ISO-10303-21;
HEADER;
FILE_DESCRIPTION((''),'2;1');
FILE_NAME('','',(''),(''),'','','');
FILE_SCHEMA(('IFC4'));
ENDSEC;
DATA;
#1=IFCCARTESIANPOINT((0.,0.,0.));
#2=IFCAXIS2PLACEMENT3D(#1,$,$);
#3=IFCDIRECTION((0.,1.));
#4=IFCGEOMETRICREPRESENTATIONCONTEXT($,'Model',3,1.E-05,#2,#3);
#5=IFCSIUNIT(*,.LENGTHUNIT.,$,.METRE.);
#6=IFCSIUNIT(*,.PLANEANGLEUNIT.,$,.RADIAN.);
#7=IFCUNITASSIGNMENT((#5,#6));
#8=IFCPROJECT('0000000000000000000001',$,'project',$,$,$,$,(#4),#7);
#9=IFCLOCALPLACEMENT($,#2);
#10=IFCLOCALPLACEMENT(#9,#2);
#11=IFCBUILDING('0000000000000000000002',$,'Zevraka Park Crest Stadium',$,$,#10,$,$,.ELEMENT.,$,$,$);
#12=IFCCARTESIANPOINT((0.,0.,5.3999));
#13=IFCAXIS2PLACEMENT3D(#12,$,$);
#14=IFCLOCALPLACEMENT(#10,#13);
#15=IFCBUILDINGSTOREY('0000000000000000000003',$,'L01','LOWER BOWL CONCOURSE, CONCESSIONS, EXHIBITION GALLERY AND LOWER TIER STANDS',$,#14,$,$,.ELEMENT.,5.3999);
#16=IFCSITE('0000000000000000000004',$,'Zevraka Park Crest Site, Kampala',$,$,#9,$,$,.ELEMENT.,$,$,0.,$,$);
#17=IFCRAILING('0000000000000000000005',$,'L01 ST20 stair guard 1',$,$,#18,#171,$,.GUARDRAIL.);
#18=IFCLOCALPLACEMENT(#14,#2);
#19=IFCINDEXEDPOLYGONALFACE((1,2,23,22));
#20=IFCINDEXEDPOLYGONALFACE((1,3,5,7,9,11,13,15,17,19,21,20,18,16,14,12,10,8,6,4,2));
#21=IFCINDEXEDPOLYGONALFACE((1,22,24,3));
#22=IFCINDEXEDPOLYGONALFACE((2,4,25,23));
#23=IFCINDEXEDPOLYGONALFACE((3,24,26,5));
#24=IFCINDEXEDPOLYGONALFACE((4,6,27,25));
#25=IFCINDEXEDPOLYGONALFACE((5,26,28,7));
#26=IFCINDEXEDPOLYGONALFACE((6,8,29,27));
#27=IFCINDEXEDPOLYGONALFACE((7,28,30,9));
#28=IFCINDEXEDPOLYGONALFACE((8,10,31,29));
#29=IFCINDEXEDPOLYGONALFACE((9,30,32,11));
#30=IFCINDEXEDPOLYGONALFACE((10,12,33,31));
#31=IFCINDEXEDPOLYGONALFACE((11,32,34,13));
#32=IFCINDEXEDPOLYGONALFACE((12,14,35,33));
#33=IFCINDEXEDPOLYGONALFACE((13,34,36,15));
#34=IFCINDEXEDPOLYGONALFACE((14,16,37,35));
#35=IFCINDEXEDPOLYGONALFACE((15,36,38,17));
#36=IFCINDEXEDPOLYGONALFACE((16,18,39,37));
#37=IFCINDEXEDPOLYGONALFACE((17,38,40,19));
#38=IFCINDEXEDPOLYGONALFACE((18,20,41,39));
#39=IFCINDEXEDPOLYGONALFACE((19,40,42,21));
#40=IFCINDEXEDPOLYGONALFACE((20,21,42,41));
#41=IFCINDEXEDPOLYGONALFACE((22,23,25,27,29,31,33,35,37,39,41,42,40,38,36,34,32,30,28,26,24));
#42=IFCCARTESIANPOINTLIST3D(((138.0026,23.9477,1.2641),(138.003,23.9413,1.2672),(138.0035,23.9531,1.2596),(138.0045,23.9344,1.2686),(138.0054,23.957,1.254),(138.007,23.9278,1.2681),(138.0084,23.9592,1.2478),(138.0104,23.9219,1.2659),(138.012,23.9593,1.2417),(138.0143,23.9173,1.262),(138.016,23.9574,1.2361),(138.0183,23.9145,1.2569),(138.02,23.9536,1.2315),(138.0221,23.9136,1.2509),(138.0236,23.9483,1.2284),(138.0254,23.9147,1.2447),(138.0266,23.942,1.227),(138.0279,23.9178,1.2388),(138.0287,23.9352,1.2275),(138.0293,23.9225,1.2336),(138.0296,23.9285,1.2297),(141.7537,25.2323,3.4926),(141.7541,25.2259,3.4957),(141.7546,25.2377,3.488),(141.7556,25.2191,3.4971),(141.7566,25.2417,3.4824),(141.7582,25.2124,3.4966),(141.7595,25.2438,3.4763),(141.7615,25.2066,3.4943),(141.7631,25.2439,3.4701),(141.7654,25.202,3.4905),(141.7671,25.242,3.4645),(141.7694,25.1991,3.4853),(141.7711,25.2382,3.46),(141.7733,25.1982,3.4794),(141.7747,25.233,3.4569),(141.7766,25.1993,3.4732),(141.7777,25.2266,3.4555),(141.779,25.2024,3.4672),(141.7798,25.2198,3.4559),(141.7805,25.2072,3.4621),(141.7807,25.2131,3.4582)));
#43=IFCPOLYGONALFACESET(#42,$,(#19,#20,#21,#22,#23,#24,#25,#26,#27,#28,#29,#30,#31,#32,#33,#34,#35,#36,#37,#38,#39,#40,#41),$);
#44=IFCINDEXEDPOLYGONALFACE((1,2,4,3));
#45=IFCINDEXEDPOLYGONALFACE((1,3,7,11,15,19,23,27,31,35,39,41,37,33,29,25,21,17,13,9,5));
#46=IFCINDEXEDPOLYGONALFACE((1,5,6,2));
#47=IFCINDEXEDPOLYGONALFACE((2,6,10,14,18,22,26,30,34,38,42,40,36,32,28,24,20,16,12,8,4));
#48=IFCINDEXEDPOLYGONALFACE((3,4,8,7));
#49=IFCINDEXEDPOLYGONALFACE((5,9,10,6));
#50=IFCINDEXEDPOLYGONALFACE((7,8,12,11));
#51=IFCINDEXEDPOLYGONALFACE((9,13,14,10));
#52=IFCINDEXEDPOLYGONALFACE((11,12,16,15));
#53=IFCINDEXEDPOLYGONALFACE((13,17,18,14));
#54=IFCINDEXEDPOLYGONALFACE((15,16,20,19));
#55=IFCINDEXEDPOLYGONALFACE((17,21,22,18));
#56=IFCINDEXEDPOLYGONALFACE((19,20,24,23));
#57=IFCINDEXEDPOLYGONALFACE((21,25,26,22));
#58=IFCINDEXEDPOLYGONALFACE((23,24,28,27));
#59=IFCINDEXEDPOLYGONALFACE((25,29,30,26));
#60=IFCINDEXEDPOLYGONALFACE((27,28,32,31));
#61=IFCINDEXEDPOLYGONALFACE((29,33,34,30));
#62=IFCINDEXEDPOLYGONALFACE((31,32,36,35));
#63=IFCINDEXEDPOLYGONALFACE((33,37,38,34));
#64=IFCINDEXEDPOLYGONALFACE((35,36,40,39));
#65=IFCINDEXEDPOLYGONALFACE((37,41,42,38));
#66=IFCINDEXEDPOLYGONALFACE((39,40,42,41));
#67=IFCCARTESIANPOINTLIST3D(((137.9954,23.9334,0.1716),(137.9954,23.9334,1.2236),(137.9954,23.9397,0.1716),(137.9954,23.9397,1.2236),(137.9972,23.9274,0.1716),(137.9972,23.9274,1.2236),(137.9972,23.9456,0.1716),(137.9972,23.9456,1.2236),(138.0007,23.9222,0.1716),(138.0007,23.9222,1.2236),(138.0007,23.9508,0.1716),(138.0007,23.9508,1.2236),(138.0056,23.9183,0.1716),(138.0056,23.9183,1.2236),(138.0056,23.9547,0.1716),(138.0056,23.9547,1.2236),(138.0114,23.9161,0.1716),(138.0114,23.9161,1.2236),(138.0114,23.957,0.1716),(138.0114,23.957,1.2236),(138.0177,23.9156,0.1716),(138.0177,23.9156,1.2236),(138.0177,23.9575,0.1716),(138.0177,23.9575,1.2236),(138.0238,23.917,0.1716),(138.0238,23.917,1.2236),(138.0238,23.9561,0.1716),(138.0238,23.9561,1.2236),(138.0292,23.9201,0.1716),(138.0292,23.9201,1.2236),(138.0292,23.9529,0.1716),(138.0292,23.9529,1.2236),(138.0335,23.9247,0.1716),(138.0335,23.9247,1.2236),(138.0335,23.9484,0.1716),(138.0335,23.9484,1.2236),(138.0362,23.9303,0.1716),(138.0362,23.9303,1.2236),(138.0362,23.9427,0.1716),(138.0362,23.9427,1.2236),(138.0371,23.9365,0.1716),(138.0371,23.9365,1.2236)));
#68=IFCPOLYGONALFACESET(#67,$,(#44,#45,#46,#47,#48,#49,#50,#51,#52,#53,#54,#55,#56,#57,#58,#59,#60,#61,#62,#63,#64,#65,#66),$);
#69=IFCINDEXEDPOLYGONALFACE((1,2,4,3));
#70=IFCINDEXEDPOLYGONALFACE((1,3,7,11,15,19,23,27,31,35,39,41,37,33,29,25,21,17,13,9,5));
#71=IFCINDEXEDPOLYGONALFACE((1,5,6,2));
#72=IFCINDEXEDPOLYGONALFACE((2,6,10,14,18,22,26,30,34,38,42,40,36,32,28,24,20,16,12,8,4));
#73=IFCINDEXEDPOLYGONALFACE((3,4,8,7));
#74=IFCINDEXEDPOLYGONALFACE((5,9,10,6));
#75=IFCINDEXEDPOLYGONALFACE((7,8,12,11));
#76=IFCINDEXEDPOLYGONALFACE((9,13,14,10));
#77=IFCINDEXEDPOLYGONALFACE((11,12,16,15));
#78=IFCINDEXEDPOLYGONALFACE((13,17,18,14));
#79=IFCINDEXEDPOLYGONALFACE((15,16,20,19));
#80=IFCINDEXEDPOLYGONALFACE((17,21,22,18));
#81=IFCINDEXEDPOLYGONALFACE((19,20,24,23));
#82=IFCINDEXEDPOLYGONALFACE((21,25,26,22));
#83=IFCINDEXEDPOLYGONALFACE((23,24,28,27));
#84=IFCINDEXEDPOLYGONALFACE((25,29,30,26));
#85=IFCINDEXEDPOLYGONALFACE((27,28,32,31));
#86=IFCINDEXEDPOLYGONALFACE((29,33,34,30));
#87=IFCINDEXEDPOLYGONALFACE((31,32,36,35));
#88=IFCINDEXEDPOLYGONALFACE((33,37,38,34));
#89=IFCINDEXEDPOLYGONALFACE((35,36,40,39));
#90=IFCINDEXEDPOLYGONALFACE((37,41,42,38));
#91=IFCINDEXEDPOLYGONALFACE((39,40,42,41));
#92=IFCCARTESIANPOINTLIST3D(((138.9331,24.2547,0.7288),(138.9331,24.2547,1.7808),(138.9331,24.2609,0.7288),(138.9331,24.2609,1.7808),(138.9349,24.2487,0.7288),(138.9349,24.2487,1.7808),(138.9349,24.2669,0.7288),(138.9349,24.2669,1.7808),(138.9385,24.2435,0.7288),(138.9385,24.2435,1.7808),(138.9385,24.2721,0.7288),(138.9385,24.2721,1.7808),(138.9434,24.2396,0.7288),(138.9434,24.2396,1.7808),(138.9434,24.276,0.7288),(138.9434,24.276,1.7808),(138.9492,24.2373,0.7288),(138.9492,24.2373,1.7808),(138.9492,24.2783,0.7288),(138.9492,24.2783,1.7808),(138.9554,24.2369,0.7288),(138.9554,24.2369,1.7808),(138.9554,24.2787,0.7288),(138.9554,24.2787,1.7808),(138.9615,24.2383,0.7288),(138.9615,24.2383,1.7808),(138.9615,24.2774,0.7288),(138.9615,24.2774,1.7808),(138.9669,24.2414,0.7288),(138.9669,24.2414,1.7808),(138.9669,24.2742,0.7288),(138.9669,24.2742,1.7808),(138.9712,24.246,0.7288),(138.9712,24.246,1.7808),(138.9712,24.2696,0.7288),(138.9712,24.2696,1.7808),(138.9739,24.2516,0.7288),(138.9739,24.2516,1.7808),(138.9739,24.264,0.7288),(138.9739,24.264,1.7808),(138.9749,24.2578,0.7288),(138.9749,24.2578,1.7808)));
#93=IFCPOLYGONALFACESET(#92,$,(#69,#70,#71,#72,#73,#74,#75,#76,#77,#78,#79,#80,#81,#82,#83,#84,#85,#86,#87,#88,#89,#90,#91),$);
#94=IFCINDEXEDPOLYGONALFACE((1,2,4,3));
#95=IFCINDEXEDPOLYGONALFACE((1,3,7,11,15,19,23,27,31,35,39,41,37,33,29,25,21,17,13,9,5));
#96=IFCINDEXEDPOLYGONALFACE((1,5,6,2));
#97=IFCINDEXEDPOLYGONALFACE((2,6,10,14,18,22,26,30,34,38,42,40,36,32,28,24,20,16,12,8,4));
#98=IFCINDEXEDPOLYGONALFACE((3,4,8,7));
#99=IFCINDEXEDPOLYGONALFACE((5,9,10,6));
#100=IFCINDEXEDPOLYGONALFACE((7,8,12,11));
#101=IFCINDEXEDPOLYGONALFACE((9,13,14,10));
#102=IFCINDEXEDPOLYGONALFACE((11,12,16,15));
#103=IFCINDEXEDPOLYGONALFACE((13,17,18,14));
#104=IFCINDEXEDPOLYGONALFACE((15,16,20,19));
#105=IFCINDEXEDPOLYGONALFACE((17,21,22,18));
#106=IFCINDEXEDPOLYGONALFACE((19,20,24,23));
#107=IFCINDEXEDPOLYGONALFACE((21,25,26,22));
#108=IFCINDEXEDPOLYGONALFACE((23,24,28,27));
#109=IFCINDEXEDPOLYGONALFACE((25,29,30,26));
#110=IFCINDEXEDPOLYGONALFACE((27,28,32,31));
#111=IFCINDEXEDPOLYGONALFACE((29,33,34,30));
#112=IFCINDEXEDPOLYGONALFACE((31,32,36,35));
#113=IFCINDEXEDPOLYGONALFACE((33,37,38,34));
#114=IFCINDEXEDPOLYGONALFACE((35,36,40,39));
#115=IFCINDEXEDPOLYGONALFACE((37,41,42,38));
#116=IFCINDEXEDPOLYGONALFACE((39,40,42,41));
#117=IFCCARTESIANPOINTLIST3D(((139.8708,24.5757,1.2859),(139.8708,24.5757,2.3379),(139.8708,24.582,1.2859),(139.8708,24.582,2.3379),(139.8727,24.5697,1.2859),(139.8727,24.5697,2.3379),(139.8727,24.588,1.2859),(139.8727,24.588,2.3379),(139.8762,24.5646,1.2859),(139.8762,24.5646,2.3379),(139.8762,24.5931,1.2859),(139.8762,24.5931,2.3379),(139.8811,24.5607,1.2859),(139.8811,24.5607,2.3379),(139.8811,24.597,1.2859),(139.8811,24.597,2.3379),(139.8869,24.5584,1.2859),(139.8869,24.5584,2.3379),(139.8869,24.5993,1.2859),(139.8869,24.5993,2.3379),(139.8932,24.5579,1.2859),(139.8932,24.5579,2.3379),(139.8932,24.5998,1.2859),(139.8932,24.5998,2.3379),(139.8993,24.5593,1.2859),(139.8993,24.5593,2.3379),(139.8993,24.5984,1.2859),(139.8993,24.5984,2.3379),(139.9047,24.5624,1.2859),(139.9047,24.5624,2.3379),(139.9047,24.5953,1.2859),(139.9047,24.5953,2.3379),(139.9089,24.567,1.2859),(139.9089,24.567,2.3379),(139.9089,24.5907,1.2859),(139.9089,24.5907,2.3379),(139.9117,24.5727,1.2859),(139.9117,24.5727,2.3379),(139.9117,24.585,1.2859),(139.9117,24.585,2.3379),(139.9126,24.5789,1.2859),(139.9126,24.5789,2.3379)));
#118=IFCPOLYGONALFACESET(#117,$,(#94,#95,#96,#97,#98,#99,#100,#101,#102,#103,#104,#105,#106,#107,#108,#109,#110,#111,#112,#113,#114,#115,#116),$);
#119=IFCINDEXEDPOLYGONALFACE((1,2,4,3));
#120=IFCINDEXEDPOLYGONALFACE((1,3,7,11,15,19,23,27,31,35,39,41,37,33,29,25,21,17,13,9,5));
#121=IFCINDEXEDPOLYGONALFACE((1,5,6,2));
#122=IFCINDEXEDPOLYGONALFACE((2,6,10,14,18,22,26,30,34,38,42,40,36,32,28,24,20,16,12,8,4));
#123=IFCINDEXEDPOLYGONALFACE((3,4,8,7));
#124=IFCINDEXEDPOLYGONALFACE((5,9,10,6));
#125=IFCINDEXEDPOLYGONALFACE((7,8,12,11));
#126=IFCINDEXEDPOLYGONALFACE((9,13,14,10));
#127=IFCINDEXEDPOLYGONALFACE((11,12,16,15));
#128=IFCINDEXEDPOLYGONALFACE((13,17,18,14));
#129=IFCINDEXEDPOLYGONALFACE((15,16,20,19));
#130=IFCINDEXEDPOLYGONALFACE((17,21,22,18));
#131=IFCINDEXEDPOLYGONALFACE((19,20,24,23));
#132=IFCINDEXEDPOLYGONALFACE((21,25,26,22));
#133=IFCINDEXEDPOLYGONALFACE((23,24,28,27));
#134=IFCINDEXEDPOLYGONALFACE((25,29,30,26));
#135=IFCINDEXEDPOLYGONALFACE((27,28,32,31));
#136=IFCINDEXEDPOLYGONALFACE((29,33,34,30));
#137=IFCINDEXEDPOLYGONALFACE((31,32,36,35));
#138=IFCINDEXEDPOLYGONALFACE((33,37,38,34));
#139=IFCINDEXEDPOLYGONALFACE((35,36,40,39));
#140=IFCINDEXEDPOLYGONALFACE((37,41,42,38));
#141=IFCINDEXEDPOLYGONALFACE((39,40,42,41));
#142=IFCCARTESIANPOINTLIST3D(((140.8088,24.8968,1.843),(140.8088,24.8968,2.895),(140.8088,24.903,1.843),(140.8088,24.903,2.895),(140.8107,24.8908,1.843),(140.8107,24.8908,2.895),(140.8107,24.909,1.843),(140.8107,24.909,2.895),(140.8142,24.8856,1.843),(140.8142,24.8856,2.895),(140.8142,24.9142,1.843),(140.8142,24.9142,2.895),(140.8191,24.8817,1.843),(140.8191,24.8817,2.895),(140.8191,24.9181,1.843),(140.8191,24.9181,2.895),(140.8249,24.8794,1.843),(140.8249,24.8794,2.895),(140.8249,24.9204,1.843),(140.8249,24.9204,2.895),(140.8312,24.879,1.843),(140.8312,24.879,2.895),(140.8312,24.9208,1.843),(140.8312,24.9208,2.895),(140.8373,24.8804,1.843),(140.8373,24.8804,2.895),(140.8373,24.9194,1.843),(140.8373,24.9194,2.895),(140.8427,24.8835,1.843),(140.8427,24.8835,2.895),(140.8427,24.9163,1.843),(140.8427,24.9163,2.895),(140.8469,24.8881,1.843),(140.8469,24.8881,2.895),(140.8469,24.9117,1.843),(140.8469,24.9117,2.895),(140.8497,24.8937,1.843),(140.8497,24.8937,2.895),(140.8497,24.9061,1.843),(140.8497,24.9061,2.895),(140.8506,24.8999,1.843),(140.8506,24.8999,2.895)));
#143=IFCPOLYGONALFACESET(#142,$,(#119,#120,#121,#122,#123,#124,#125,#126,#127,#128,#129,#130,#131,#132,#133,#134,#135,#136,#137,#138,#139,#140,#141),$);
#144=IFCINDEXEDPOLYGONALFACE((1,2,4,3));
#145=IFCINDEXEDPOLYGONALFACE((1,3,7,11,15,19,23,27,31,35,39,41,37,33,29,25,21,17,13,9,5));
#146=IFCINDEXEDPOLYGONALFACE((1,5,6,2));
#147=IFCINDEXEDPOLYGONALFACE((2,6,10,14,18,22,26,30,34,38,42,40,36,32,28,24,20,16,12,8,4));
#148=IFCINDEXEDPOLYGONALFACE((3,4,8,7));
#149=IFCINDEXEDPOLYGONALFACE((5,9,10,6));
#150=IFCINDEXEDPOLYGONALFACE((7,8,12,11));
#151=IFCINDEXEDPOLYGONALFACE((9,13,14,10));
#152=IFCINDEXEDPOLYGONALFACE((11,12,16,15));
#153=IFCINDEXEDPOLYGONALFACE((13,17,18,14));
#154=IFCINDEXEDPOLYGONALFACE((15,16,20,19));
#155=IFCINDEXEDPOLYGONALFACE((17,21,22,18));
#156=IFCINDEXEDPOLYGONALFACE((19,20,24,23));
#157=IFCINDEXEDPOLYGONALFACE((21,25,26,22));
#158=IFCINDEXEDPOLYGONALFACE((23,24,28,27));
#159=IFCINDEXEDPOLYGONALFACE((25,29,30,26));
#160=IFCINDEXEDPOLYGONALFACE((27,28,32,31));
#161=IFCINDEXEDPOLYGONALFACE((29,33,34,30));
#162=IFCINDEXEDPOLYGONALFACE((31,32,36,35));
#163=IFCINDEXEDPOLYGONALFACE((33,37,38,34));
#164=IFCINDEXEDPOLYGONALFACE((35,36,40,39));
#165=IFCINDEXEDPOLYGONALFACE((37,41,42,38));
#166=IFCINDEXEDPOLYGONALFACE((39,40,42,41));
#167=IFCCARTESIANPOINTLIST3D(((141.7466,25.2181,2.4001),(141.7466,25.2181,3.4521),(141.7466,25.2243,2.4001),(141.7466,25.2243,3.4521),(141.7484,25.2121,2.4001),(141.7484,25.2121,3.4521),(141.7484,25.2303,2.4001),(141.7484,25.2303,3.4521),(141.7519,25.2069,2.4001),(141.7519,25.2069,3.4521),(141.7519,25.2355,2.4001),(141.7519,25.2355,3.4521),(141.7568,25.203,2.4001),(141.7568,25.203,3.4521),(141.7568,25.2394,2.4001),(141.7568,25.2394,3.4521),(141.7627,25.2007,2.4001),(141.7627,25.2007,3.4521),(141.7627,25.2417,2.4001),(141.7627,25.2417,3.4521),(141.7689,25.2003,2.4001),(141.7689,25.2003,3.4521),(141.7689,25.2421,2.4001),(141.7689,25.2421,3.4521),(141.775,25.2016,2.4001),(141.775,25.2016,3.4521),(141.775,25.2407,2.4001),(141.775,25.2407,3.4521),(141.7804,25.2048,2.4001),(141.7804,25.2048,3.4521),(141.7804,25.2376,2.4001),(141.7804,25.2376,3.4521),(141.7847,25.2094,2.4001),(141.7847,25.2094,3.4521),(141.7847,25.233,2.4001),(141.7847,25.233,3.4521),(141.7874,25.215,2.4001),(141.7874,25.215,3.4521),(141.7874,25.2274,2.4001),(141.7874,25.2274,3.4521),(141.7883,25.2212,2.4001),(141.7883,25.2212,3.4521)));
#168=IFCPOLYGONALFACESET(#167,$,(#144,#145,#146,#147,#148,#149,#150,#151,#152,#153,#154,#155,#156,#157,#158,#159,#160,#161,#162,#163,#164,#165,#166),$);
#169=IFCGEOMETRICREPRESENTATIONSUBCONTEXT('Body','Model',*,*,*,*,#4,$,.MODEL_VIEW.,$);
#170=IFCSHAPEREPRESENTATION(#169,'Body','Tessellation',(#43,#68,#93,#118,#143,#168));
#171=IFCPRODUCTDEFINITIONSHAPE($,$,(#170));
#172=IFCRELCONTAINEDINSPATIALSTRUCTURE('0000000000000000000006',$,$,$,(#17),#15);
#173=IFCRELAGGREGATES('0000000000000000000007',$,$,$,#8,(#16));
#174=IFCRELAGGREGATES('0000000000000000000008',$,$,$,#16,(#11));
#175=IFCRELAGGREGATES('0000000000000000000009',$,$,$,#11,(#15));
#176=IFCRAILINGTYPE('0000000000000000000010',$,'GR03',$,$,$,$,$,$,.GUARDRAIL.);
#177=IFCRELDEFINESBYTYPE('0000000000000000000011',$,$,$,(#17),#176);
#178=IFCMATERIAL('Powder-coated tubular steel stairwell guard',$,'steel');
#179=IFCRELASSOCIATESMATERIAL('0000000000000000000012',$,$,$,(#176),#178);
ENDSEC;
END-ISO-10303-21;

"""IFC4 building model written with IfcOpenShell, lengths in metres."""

from ifc_helpers import new_model, si_unit, direction, frame, origin, origin_2d, place, context, subcontext, project, spatial, circle, extrude, material, type_object, element, save


model = new_model("IFC4")

# Units and contexts
model_context = context("Model", 3, precision=1e-05, world=origin(), true_north=direction((0.0, 1.0)))
body_context = subcontext(model_context, "Body", "Model", "MODEL_VIEW")
ifc_project = project(units=[si_unit("LENGTHUNIT", "METRE"), si_unit("PLANEANGLEUNIT", "RADIAN")], contexts=[model_context])

# Site, building, storey
site_placement = place(None, origin())
site = spatial("IfcSite", under=ifc_project, at=site_placement, Name="Zevraka Park Crest Site, Kampala", CompositionType="ELEMENT", RefElevation=0.0)
building_placement = place(site_placement, origin())
building = spatial("IfcBuilding", under=site, at=building_placement, Name="Zevraka Park Crest Stadium", CompositionType="ELEMENT")
storey_placement = place(building_placement, frame((0.0, 0.0, 5.3999)))
storey = spatial("IfcBuildingStorey", under=building, at=storey_placement, Name="L01", Description="LOWER BOWL CONCOURSE, CONCESSIONS, EXHIBITION GALLERY AND LOWER TIER STANDS", CompositionType="ELEMENT", Elevation=5.3999)

# Railing
ifc_material_1 = material(Name="Powder-coated tubular steel stairwell guard", Category="steel")
railing_type_1 = type_object("IfcRailingType", Name="GR03", PredefinedType="GUARDRAIL", material=ifc_material_1)
railing_1_placement = place(storey_placement, frame((138.0161, 23.9365, 0.1716)))
element("IfcRailing", 1, at=railing_1_placement, inside=storey, type_object=railing_type_1, Name="L01 ST20 stair guard 1", PredefinedType="GUARDRAIL", context=body_context, shape_type="SweptSolid", body=[
    extrude(circle(Radius=0.0239, at=origin_2d()), frame((0.0, 0.0, 1.0762), z_axis=(0.824727, 0.282441, 0.489952), x_axis=(-0.323994, 0.946059, 0.0)), (0.0, 0.0, 1.0), 4.5483),
    extrude(circle(Radius=0.021, at=origin_2d()), origin(), (0.0, 0.0, 1.0), 1.052),
    extrude(circle(Radius=0.021, at=origin_2d()), frame((0.9377, 0.3213, 0.5571)), (0.0, 0.0, 1.0), 1.052),
    extrude(circle(Radius=0.021, at=origin_2d()), frame((1.8755, 0.6423, 1.1143)), (0.0, 0.0, 1.0), 1.052),
    extrude(circle(Radius=0.021, at=origin_2d()), frame((2.8135, 0.9634, 1.6714)), (0.0, 0.0, 1.0), 1.052),
    extrude(circle(Radius=0.021, at=origin_2d()), frame((3.7512, 1.2847, 2.2285)), (0.0, 0.0, 1.0), 1.052),
])

save(model, "model.ifc")
